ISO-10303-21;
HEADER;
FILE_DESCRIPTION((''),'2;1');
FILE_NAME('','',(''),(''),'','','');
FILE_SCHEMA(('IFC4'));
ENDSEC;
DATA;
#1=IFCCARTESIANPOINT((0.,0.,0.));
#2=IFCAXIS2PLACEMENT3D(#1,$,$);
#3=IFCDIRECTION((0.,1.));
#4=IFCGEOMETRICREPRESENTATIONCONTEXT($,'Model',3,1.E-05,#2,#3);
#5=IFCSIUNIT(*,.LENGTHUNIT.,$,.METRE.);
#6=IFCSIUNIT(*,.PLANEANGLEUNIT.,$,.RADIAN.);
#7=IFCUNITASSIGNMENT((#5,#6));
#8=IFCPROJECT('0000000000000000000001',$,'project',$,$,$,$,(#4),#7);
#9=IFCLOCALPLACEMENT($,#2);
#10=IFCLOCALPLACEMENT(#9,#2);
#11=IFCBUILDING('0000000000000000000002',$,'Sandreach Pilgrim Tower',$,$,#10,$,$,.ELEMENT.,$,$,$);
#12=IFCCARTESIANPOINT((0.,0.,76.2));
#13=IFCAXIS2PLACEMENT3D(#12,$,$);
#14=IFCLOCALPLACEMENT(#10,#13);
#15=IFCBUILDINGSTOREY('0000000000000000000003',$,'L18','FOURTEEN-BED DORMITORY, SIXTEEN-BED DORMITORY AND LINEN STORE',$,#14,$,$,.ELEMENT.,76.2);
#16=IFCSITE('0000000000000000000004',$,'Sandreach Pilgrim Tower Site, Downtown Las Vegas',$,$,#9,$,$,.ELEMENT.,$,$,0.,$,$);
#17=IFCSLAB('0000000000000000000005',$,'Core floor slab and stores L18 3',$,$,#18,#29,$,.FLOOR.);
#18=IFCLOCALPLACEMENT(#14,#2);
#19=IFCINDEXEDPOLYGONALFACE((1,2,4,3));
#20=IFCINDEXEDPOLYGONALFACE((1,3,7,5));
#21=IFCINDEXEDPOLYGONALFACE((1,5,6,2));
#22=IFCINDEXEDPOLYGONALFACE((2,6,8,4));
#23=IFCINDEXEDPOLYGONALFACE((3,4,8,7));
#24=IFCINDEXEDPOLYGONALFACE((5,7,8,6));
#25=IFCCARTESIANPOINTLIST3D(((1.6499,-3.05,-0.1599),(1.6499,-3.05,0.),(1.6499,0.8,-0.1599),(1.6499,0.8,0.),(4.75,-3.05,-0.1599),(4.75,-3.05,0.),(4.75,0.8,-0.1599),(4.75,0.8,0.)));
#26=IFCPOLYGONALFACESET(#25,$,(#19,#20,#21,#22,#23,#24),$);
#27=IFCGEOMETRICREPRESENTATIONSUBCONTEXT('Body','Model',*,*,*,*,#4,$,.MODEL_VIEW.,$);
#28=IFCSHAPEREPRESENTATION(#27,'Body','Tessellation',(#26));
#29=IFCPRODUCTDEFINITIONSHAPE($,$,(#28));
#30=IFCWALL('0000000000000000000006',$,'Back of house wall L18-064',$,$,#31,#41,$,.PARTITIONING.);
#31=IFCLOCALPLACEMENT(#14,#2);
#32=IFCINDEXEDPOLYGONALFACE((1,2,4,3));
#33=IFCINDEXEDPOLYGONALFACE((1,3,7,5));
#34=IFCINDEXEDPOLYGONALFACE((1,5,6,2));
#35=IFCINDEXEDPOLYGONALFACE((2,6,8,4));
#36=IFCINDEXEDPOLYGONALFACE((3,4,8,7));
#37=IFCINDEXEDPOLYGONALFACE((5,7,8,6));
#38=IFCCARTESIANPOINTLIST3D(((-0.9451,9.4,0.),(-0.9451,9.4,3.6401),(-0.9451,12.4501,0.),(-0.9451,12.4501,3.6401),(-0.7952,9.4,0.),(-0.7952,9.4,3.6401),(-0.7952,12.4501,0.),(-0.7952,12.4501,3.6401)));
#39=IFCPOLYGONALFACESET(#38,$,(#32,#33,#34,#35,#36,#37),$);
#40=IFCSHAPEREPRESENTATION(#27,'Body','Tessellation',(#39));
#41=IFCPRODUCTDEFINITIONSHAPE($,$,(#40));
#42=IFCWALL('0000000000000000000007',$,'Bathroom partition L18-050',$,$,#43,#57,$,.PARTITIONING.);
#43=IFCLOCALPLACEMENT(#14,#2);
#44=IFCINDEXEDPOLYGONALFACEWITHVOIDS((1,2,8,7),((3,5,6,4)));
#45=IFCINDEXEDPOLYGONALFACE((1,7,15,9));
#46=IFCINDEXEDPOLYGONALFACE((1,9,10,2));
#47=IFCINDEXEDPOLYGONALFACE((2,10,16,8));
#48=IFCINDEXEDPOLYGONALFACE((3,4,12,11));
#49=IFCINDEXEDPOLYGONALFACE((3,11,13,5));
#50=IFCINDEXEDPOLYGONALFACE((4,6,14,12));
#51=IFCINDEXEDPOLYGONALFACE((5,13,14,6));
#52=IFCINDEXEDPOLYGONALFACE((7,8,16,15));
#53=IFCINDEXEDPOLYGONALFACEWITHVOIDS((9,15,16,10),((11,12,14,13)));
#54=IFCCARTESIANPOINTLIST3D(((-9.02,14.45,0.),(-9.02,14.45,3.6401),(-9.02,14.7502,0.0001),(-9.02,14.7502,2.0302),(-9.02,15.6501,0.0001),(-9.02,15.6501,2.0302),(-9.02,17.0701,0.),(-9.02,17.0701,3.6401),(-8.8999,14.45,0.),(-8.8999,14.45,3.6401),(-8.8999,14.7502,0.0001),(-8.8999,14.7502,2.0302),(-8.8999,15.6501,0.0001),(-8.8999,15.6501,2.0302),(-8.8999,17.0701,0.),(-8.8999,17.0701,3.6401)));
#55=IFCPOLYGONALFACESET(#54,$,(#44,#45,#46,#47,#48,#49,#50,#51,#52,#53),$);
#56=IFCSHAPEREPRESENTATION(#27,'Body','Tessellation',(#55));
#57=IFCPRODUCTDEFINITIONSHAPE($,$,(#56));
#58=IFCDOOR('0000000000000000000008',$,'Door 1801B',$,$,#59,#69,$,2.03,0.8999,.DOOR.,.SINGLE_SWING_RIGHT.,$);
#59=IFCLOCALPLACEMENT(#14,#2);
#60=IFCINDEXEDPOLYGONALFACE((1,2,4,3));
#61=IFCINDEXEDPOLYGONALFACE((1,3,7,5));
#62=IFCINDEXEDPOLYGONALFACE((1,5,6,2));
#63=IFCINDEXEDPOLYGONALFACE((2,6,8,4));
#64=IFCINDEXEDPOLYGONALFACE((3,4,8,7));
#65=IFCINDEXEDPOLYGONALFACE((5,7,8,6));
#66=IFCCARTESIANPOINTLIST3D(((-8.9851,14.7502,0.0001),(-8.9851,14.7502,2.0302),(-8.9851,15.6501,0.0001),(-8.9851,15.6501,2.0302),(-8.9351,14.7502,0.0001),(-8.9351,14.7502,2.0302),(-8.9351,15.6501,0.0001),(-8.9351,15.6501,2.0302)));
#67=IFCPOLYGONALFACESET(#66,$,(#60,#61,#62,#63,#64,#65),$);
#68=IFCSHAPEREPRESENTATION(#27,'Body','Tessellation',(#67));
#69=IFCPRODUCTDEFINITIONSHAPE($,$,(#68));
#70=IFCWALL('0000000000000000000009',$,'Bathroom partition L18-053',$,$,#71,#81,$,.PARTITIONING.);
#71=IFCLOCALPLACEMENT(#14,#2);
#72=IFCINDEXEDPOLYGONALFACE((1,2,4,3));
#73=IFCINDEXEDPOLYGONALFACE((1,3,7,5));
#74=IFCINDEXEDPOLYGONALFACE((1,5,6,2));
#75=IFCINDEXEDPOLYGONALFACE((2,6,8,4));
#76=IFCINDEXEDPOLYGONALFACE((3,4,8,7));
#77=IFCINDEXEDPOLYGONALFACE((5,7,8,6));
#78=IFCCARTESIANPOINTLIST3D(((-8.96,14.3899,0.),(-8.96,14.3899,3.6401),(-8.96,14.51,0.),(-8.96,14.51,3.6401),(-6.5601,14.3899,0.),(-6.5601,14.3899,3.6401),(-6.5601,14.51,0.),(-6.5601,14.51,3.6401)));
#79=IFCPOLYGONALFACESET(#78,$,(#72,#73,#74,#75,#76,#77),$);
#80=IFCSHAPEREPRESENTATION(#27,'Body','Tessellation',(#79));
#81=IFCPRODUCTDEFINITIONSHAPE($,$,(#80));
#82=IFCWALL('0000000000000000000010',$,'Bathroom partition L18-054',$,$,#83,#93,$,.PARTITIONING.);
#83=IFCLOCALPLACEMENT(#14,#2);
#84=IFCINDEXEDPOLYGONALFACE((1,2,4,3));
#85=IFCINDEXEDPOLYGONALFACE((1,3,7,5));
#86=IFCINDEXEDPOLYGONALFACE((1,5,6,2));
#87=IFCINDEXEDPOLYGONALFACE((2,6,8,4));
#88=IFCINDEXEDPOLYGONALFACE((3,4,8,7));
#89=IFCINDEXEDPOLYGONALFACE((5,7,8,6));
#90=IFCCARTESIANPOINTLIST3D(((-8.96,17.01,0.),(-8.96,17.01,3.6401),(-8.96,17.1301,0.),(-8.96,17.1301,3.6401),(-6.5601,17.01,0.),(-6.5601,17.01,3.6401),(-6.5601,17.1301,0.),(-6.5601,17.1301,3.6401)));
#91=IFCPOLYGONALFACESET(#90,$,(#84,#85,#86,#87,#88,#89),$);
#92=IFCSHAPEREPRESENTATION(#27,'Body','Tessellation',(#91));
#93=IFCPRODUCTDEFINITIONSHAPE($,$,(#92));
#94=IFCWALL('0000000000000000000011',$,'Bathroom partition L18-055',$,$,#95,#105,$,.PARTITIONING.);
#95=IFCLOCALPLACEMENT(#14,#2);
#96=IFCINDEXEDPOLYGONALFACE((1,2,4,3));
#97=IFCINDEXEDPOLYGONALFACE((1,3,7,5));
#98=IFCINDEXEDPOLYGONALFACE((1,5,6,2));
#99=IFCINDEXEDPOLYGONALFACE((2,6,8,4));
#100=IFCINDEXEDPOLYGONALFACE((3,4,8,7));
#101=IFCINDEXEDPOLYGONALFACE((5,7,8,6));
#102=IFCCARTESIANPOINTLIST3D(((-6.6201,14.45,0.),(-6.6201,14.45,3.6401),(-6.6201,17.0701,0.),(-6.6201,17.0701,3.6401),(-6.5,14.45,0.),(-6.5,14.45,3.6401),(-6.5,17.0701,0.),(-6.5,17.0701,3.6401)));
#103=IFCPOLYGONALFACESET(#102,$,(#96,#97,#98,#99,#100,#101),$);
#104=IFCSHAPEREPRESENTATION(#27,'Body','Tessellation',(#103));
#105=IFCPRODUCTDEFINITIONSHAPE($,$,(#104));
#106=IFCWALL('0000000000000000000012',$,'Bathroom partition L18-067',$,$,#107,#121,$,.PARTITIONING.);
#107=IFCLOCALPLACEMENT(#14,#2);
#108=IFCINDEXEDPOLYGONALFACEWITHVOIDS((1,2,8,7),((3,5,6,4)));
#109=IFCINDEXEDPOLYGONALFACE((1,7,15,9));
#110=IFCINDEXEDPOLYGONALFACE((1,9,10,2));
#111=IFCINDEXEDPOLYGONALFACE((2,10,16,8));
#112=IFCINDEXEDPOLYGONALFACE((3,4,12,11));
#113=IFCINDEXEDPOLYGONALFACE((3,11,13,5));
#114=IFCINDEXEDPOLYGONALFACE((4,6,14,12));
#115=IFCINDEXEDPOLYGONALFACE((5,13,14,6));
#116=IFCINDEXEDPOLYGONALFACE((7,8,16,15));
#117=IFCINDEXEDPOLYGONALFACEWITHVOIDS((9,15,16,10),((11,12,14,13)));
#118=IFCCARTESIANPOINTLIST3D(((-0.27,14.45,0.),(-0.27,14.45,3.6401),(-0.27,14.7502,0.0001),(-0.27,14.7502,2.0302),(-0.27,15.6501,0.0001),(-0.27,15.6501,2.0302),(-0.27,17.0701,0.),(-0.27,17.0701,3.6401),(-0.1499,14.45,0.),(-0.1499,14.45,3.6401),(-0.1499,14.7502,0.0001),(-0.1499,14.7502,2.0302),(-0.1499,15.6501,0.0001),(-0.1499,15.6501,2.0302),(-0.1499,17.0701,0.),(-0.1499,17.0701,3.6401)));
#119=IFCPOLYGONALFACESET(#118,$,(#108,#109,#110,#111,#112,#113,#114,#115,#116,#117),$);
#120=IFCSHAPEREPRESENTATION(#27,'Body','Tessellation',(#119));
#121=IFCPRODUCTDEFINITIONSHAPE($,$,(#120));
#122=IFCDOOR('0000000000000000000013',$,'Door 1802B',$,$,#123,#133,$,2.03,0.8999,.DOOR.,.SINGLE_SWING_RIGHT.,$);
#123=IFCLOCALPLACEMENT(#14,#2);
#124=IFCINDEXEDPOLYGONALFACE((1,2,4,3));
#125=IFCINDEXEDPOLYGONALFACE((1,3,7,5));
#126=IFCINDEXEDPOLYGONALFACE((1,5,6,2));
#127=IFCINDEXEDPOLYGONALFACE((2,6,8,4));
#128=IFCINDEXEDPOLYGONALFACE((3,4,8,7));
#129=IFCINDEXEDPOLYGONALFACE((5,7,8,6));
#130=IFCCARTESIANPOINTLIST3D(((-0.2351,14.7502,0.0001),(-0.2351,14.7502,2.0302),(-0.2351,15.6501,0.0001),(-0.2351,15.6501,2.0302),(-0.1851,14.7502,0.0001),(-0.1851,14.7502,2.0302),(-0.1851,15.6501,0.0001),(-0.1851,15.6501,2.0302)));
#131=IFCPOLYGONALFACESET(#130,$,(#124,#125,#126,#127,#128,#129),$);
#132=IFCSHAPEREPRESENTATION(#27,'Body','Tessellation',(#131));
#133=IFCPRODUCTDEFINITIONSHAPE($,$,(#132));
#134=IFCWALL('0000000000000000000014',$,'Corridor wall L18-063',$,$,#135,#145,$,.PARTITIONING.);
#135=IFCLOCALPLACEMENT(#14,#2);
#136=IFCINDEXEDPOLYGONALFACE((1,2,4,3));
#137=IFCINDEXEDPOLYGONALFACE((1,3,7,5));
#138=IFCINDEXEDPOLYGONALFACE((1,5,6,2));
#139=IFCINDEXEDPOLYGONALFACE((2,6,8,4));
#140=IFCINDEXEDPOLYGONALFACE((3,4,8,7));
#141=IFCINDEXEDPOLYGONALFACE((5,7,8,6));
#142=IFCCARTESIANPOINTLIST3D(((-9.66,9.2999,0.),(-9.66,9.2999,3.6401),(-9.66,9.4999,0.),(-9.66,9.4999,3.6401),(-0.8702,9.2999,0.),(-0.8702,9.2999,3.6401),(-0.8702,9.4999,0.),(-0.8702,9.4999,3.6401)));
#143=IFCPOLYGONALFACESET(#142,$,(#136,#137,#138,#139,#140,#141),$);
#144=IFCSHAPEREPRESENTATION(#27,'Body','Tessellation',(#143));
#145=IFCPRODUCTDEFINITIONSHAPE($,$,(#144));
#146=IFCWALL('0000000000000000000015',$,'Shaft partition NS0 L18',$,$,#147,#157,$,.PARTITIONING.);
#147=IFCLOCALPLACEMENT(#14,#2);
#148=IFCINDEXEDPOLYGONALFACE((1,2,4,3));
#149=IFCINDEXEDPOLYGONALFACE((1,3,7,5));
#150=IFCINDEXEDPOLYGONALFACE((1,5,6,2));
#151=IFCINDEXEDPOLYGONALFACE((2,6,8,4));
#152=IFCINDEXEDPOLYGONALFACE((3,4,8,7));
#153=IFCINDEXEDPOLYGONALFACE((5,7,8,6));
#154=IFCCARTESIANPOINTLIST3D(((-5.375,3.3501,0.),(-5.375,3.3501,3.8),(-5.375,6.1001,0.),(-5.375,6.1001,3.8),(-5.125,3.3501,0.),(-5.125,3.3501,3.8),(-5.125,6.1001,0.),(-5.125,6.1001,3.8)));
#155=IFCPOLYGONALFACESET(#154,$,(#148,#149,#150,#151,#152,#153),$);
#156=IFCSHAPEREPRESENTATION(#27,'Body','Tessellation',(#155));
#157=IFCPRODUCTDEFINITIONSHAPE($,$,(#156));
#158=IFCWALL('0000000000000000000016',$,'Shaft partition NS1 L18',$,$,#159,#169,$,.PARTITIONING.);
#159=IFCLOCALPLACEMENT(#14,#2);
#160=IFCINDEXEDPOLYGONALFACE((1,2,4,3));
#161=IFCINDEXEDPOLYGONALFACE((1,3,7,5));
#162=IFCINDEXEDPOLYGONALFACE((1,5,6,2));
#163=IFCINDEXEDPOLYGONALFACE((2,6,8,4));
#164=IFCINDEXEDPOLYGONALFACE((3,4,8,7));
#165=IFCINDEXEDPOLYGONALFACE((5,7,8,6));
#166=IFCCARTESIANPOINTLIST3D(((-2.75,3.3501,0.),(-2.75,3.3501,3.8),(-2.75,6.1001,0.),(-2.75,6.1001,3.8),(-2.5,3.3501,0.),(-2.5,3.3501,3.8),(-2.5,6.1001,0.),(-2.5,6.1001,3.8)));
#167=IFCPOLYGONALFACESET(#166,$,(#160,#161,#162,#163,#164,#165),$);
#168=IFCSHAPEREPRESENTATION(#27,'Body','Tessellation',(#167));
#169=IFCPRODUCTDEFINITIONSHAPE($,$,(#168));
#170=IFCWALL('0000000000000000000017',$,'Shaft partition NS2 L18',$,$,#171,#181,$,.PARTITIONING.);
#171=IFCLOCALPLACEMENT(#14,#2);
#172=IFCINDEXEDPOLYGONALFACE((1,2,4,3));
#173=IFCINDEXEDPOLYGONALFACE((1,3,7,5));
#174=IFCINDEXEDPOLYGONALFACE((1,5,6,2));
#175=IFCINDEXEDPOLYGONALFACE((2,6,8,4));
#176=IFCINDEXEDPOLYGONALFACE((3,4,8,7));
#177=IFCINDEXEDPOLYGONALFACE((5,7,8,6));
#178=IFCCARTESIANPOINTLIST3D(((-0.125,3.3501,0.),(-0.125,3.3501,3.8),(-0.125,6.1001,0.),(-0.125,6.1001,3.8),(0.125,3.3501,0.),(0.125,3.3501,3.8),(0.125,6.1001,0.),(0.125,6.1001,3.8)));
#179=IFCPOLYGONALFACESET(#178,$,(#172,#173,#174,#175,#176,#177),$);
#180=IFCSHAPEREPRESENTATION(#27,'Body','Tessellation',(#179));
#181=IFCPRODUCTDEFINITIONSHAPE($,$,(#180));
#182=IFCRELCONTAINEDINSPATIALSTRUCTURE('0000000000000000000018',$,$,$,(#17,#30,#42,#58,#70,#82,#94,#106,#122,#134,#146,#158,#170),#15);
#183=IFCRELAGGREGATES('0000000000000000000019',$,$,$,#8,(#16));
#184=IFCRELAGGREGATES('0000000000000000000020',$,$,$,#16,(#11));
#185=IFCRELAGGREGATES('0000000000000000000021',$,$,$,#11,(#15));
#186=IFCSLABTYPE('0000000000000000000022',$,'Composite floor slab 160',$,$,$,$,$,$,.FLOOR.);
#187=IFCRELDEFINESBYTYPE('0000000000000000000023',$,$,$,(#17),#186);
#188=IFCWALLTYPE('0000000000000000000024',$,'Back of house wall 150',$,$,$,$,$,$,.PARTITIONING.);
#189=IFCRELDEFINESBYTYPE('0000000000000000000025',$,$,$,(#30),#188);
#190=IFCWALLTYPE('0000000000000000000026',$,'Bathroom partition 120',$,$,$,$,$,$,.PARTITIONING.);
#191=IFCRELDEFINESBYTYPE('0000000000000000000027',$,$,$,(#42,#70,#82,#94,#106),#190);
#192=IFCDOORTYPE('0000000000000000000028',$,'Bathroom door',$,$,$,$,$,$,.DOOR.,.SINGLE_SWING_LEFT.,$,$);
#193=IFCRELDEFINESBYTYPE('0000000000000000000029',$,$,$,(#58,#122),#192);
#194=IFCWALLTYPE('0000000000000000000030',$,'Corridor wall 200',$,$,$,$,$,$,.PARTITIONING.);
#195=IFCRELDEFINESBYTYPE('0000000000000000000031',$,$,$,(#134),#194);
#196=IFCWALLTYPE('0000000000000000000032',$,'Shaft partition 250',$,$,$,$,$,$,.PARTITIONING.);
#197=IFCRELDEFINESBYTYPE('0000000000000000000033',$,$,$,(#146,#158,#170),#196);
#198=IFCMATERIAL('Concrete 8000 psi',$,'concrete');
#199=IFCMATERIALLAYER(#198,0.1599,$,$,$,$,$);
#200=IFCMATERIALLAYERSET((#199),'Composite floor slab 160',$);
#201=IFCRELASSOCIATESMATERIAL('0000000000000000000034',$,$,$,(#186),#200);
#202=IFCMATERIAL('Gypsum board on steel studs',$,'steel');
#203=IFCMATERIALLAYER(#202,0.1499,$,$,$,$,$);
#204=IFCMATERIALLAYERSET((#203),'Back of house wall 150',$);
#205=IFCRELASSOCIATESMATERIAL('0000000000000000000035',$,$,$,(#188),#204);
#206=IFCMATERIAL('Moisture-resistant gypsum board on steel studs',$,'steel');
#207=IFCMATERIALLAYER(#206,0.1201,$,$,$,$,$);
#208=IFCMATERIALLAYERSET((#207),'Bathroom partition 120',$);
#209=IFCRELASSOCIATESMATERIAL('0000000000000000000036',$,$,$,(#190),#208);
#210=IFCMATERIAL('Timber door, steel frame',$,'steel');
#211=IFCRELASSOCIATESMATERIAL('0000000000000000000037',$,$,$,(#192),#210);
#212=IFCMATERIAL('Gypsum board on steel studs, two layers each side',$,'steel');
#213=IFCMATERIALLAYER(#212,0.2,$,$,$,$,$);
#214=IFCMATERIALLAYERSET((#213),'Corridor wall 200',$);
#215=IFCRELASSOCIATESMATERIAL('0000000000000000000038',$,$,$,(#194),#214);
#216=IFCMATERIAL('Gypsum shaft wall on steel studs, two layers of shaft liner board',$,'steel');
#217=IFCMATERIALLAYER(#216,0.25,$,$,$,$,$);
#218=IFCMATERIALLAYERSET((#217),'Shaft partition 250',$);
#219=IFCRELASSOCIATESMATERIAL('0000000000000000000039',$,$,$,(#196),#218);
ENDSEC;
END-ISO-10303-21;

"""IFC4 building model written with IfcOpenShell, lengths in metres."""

from ifc_helpers import new_model, si_unit, direction, frame, frame_2d, origin, place, context, subcontext, project, spatial, polyline, rectangle, outline, extrude, material, layer, layer_set, type_object, element, fill, save


model = new_model("IFC4")

# Units and contexts
model_context = context("Model", 3, precision=1e-05, world=origin(), true_north=direction((0.0, 1.0)))
body_context = subcontext(model_context, "Body", "Model", "MODEL_VIEW")
ifc_project = project(units=[si_unit("LENGTHUNIT", "METRE"), si_unit("PLANEANGLEUNIT", "RADIAN")], contexts=[model_context])

# Site, building, storey
site_placement = place(None, origin())
site = spatial("IfcSite", under=ifc_project, at=site_placement, Name="Sandreach Pilgrim Tower Site, Downtown Las Vegas", CompositionType="ELEMENT", RefElevation=0.0)
building_placement = place(site_placement, origin())
building = spatial("IfcBuilding", under=site, at=building_placement, Name="Sandreach Pilgrim Tower", CompositionType="ELEMENT")
storey_placement = place(building_placement, frame((0.0, 0.0, 76.2)))
storey = spatial("IfcBuildingStorey", under=building, at=storey_placement, Name="L18", Description="FOURTEEN-BED DORMITORY, SIXTEEN-BED DORMITORY AND LINEN STORE", CompositionType="ELEMENT", Elevation=76.2)

# Slab
ifc_material_1 = material(Name="Concrete 8000 psi", Category="concrete")
ifc_layer_1 = layer(ifc_material_1, 0.1599)
ifc_layer_set_1 = layer_set([ifc_layer_1], Name="Composite floor slab 160")
slab_type = type_object("IfcSlabType", Name="Composite floor slab 160", PredefinedType="FLOOR", material=ifc_layer_set_1)
slab_placement = place(storey_placement, frame((0.0, 0.0, -0.1599)))
element("IfcSlab", 1, at=slab_placement, inside=storey, type_object=slab_type, Name="Core floor slab and stores L18 3", PredefinedType="FLOOR", context=body_context, shape_type="SweptSolid", body=[
    extrude(outline(polyline([(4.75, -3.05), (1.6499, -3.05), (1.6499, 0.8), (4.75, 0.8), (4.75, -3.05)])), origin(), (0.0, 0.0, 1.0), 0.1599),
])

# Wall
ifc_material_2 = material(Name="Gypsum board on steel studs", Category="steel")
ifc_layer_2 = layer(ifc_material_2, 0.1499)
ifc_layer_set_2 = layer_set([ifc_layer_2], Name="Back of house wall 150")
wall_type_1 = type_object("IfcWallType", Name="Back of house wall 150", PredefinedType="PARTITIONING", material=ifc_layer_set_2)
wall_1_placement = place(storey_placement, frame((-0.8701, 12.45, 0.0), z_axis=(0.0, 0.0, 1.0), x_axis=(0.0, -1.0, 0.0)))
element("IfcWall", 2, at=wall_1_placement, inside=storey, type_object=wall_type_1, Name="Back of house wall L18-064", PredefinedType="PARTITIONING", context=body_context, shape_type="SweptSolid", body=[
    extrude(rectangle(XDim=3.05, YDim=0.1499, at=frame_2d((1.5249, 0.0))), origin(), (0.0, 0.0, 1.0), 3.6401),
])

# Wall, opening, door
ifc_material_3 = material(Name="Moisture-resistant gypsum board on steel studs", Category="steel")
ifc_layer_3 = layer(ifc_material_3, 0.1201)
ifc_layer_set_3 = layer_set([ifc_layer_3], Name="Bathroom partition 120")
wall_type_2 = type_object("IfcWallType", Name="Bathroom partition 120", PredefinedType="PARTITIONING", material=ifc_layer_set_3)
wall_2_placement = place(storey_placement, frame((-8.96, 17.0701, 0.0), z_axis=(0.0, 0.0, 1.0), x_axis=(0.0, -1.0, 0.0)))
wall_2 = element("IfcWall", 3, at=wall_2_placement, inside=storey, type_object=wall_type_2, Name="Bathroom partition L18-050", PredefinedType="PARTITIONING", context=body_context, shape_type="SweptSolid", body=[
    extrude(rectangle(XDim=2.6201, YDim=0.1201, at=frame_2d((1.3101, 0.0))), origin(), (0.0, 0.0, 1.0), 3.6401),
])
opening_1_placement = place(wall_2_placement, frame((1.4199, 0.0, 0.0)))
opening_1 = element("IfcOpeningElement", 4, at=opening_1_placement, cuts=wall_2, PredefinedType="OPENING", context=body_context, shape_type="SweptSolid", body=[
    extrude(rectangle(XDim=0.8999, YDim=2.03, at=frame_2d((0.45, 1.0151))), frame((0.0, 0.0601, 0.0), z_axis=(0.0, -1.0, 0.0), x_axis=(1.0, 0.0, 0.0)), (0.0, 0.0, 1.0), 0.1201),
])
ifc_material_4 = material(Name="Timber door, steel frame", Category="steel")
door_type_1 = type_object("IfcDoorType", Name="Bathroom door", OperationType="SINGLE_SWING_LEFT", PredefinedType="DOOR", material=ifc_material_4)
door_1_placement = place(opening_1_placement, origin())
door_1 = element("IfcDoor", 5, at=door_1_placement, inside=storey, type_object=door_type_1, Name="Door 1801B", OperationType="SINGLE_SWING_RIGHT", OverallHeight=2.03, OverallWidth=0.8999, PredefinedType="DOOR", context=body_context, shape_type="SweptSolid", body=[
    extrude(rectangle(XDim=0.8999, YDim=2.03, at=frame_2d((0.45, 1.0151))), frame((0.0, 0.0249, 0.0), z_axis=(0.0, -1.0, 0.0), x_axis=(1.0, 0.0, 0.0)), (0.0, 0.0, 1.0), 0.05),
])
fill(opening_1, door_1)

# Walls
for number, where, z_axis, x_axis, name in (
    (6, (-6.5601, 14.45, 0.0), (0.0, 0.0, 1.0), (-1.0, 0.0, 0.0), "Bathroom partition L18-053"),
    (7, (-6.5601, 17.0701, 0.0), (0.0, 0.0, 1.0), (-1.0, 0.0, 0.0), "Bathroom partition L18-054"),
):
    element("IfcWall", number, at=place(storey_placement, frame(where, z_axis=z_axis, x_axis=x_axis)), inside=storey, type_object=wall_type_2, Name=name, PredefinedType="PARTITIONING", context=body_context, shape_type="SweptSolid", body=[
        extrude(rectangle(XDim=2.3999, YDim=0.1201, at=frame_2d((1.2, 0.0))), origin(), (0.0, 0.0, 1.0), 3.6401),
    ])
wall_3_placement = place(storey_placement, frame((-6.5601, 17.0701, 0.0), z_axis=(0.0, 0.0, 1.0), x_axis=(0.0, -1.0, 0.0)))
element("IfcWall", 8, at=wall_3_placement, inside=storey, type_object=wall_type_2, Name="Bathroom partition L18-055", PredefinedType="PARTITIONING", context=body_context, shape_type="SweptSolid", body=[
    extrude(rectangle(XDim=2.6201, YDim=0.1201, at=frame_2d((1.3101, 0.0))), origin(), (0.0, 0.0, 1.0), 3.6401),
])

# Wall, opening, door
wall_4_placement = place(storey_placement, frame((-0.21, 17.0701, 0.0), z_axis=(0.0, 0.0, 1.0), x_axis=(0.0, -1.0, 0.0)))
wall_4 = element("IfcWall", 9, at=wall_4_placement, inside=storey, type_object=wall_type_2, Name="Bathroom partition L18-067", PredefinedType="PARTITIONING", context=body_context, shape_type="SweptSolid", body=[
    extrude(rectangle(XDim=2.6201, YDim=0.1201, at=frame_2d((1.3101, 0.0))), origin(), (0.0, 0.0, 1.0), 3.6401),
])
opening_2_placement = place(wall_4_placement, frame((1.4199, 0.0, 0.0)))
opening_2 = element("IfcOpeningElement", 10, at=opening_2_placement, cuts=wall_4, PredefinedType="OPENING", context=body_context, shape_type="SweptSolid", body=[
    extrude(rectangle(XDim=0.8999, YDim=2.03, at=frame_2d((0.45, 1.0151))), frame((0.0, 0.0601, 0.0), z_axis=(0.0, -1.0, 0.0), x_axis=(1.0, 0.0, 0.0)), (0.0, 0.0, 1.0), 0.1201),
])
door_2_placement = place(opening_2_placement, origin())
door_2 = element("IfcDoor", 11, at=door_2_placement, inside=storey, type_object=door_type_1, Name="Door 1802B", OperationType="SINGLE_SWING_RIGHT", OverallHeight=2.03, OverallWidth=0.8999, PredefinedType="DOOR", context=body_context, shape_type="SweptSolid", body=[
    extrude(rectangle(XDim=0.8999, YDim=2.03, at=frame_2d((0.45, 1.0151))), frame((0.0, 0.0249, 0.0), z_axis=(0.0, -1.0, 0.0), x_axis=(1.0, 0.0, 0.0)), (0.0, 0.0, 1.0), 0.05),
])
fill(opening_2, door_2)

# Wall
ifc_material_5 = material(Name="Gypsum board on steel studs, two layers each side", Category="steel")
ifc_layer_4 = layer(ifc_material_5, 0.2)
ifc_layer_set_4 = layer_set([ifc_layer_4], Name="Corridor wall 200")
wall_type_3 = type_object("IfcWallType", Name="Corridor wall 200", PredefinedType="PARTITIONING", material=ifc_layer_set_4)
wall_5_placement = place(storey_placement, frame((-0.8701, 9.3999, 0.0), z_axis=(0.0, 0.0, 1.0), x_axis=(-1.0, 0.0, 0.0)))
element("IfcWall", 12, at=wall_5_placement, inside=storey, type_object=wall_type_3, Name="Corridor wall L18-063", PredefinedType="PARTITIONING", context=body_context, shape_type="SweptSolid", body=[
    extrude(rectangle(XDim=8.7898, YDim=0.2, at=frame_2d((4.395, 0.0))), origin(), (0.0, 0.0, 1.0), 3.6401),
])

# Walls
ifc_material_6 = material(Name="Gypsum shaft wall on steel studs, two layers of shaft liner board", Category="steel")
ifc_layer_5 = layer(ifc_material_6, 0.25)
ifc_layer_set_5 = layer_set([ifc_layer_5], Name="Shaft partition 250")
wall_type_4 = type_object("IfcWallType", Name="Shaft partition 250", PredefinedType="PARTITIONING", material=ifc_layer_set_5)
for number, where, z_axis, x_axis, name in (
    (13, (-5.25, 3.3501, 0.0), (0.0, 0.0, 1.0), (0.0, 1.0, 0.0), "Shaft partition NS0 L18"),
    (14, (-2.625, 3.3501, 0.0), (0.0, 0.0, 1.0), (0.0, 1.0, 0.0), "Shaft partition NS1 L18"),
    (15, (0.0, 3.3501, 0.0), (0.0, 0.0, 1.0), (0.0, 1.0, 0.0), "Shaft partition NS2 L18"),
):
    element("IfcWall", number, at=place(storey_placement, frame(where, z_axis=z_axis, x_axis=x_axis)), inside=storey, type_object=wall_type_4, Name=name, PredefinedType="PARTITIONING", context=body_context, shape_type="SweptSolid", body=[
        extrude(rectangle(XDim=2.75, YDim=0.25, at=frame_2d((1.375, 0.0))), origin(), (0.0, 0.0, 1.0), 3.8),
    ])

save(model, "model.ifc")
